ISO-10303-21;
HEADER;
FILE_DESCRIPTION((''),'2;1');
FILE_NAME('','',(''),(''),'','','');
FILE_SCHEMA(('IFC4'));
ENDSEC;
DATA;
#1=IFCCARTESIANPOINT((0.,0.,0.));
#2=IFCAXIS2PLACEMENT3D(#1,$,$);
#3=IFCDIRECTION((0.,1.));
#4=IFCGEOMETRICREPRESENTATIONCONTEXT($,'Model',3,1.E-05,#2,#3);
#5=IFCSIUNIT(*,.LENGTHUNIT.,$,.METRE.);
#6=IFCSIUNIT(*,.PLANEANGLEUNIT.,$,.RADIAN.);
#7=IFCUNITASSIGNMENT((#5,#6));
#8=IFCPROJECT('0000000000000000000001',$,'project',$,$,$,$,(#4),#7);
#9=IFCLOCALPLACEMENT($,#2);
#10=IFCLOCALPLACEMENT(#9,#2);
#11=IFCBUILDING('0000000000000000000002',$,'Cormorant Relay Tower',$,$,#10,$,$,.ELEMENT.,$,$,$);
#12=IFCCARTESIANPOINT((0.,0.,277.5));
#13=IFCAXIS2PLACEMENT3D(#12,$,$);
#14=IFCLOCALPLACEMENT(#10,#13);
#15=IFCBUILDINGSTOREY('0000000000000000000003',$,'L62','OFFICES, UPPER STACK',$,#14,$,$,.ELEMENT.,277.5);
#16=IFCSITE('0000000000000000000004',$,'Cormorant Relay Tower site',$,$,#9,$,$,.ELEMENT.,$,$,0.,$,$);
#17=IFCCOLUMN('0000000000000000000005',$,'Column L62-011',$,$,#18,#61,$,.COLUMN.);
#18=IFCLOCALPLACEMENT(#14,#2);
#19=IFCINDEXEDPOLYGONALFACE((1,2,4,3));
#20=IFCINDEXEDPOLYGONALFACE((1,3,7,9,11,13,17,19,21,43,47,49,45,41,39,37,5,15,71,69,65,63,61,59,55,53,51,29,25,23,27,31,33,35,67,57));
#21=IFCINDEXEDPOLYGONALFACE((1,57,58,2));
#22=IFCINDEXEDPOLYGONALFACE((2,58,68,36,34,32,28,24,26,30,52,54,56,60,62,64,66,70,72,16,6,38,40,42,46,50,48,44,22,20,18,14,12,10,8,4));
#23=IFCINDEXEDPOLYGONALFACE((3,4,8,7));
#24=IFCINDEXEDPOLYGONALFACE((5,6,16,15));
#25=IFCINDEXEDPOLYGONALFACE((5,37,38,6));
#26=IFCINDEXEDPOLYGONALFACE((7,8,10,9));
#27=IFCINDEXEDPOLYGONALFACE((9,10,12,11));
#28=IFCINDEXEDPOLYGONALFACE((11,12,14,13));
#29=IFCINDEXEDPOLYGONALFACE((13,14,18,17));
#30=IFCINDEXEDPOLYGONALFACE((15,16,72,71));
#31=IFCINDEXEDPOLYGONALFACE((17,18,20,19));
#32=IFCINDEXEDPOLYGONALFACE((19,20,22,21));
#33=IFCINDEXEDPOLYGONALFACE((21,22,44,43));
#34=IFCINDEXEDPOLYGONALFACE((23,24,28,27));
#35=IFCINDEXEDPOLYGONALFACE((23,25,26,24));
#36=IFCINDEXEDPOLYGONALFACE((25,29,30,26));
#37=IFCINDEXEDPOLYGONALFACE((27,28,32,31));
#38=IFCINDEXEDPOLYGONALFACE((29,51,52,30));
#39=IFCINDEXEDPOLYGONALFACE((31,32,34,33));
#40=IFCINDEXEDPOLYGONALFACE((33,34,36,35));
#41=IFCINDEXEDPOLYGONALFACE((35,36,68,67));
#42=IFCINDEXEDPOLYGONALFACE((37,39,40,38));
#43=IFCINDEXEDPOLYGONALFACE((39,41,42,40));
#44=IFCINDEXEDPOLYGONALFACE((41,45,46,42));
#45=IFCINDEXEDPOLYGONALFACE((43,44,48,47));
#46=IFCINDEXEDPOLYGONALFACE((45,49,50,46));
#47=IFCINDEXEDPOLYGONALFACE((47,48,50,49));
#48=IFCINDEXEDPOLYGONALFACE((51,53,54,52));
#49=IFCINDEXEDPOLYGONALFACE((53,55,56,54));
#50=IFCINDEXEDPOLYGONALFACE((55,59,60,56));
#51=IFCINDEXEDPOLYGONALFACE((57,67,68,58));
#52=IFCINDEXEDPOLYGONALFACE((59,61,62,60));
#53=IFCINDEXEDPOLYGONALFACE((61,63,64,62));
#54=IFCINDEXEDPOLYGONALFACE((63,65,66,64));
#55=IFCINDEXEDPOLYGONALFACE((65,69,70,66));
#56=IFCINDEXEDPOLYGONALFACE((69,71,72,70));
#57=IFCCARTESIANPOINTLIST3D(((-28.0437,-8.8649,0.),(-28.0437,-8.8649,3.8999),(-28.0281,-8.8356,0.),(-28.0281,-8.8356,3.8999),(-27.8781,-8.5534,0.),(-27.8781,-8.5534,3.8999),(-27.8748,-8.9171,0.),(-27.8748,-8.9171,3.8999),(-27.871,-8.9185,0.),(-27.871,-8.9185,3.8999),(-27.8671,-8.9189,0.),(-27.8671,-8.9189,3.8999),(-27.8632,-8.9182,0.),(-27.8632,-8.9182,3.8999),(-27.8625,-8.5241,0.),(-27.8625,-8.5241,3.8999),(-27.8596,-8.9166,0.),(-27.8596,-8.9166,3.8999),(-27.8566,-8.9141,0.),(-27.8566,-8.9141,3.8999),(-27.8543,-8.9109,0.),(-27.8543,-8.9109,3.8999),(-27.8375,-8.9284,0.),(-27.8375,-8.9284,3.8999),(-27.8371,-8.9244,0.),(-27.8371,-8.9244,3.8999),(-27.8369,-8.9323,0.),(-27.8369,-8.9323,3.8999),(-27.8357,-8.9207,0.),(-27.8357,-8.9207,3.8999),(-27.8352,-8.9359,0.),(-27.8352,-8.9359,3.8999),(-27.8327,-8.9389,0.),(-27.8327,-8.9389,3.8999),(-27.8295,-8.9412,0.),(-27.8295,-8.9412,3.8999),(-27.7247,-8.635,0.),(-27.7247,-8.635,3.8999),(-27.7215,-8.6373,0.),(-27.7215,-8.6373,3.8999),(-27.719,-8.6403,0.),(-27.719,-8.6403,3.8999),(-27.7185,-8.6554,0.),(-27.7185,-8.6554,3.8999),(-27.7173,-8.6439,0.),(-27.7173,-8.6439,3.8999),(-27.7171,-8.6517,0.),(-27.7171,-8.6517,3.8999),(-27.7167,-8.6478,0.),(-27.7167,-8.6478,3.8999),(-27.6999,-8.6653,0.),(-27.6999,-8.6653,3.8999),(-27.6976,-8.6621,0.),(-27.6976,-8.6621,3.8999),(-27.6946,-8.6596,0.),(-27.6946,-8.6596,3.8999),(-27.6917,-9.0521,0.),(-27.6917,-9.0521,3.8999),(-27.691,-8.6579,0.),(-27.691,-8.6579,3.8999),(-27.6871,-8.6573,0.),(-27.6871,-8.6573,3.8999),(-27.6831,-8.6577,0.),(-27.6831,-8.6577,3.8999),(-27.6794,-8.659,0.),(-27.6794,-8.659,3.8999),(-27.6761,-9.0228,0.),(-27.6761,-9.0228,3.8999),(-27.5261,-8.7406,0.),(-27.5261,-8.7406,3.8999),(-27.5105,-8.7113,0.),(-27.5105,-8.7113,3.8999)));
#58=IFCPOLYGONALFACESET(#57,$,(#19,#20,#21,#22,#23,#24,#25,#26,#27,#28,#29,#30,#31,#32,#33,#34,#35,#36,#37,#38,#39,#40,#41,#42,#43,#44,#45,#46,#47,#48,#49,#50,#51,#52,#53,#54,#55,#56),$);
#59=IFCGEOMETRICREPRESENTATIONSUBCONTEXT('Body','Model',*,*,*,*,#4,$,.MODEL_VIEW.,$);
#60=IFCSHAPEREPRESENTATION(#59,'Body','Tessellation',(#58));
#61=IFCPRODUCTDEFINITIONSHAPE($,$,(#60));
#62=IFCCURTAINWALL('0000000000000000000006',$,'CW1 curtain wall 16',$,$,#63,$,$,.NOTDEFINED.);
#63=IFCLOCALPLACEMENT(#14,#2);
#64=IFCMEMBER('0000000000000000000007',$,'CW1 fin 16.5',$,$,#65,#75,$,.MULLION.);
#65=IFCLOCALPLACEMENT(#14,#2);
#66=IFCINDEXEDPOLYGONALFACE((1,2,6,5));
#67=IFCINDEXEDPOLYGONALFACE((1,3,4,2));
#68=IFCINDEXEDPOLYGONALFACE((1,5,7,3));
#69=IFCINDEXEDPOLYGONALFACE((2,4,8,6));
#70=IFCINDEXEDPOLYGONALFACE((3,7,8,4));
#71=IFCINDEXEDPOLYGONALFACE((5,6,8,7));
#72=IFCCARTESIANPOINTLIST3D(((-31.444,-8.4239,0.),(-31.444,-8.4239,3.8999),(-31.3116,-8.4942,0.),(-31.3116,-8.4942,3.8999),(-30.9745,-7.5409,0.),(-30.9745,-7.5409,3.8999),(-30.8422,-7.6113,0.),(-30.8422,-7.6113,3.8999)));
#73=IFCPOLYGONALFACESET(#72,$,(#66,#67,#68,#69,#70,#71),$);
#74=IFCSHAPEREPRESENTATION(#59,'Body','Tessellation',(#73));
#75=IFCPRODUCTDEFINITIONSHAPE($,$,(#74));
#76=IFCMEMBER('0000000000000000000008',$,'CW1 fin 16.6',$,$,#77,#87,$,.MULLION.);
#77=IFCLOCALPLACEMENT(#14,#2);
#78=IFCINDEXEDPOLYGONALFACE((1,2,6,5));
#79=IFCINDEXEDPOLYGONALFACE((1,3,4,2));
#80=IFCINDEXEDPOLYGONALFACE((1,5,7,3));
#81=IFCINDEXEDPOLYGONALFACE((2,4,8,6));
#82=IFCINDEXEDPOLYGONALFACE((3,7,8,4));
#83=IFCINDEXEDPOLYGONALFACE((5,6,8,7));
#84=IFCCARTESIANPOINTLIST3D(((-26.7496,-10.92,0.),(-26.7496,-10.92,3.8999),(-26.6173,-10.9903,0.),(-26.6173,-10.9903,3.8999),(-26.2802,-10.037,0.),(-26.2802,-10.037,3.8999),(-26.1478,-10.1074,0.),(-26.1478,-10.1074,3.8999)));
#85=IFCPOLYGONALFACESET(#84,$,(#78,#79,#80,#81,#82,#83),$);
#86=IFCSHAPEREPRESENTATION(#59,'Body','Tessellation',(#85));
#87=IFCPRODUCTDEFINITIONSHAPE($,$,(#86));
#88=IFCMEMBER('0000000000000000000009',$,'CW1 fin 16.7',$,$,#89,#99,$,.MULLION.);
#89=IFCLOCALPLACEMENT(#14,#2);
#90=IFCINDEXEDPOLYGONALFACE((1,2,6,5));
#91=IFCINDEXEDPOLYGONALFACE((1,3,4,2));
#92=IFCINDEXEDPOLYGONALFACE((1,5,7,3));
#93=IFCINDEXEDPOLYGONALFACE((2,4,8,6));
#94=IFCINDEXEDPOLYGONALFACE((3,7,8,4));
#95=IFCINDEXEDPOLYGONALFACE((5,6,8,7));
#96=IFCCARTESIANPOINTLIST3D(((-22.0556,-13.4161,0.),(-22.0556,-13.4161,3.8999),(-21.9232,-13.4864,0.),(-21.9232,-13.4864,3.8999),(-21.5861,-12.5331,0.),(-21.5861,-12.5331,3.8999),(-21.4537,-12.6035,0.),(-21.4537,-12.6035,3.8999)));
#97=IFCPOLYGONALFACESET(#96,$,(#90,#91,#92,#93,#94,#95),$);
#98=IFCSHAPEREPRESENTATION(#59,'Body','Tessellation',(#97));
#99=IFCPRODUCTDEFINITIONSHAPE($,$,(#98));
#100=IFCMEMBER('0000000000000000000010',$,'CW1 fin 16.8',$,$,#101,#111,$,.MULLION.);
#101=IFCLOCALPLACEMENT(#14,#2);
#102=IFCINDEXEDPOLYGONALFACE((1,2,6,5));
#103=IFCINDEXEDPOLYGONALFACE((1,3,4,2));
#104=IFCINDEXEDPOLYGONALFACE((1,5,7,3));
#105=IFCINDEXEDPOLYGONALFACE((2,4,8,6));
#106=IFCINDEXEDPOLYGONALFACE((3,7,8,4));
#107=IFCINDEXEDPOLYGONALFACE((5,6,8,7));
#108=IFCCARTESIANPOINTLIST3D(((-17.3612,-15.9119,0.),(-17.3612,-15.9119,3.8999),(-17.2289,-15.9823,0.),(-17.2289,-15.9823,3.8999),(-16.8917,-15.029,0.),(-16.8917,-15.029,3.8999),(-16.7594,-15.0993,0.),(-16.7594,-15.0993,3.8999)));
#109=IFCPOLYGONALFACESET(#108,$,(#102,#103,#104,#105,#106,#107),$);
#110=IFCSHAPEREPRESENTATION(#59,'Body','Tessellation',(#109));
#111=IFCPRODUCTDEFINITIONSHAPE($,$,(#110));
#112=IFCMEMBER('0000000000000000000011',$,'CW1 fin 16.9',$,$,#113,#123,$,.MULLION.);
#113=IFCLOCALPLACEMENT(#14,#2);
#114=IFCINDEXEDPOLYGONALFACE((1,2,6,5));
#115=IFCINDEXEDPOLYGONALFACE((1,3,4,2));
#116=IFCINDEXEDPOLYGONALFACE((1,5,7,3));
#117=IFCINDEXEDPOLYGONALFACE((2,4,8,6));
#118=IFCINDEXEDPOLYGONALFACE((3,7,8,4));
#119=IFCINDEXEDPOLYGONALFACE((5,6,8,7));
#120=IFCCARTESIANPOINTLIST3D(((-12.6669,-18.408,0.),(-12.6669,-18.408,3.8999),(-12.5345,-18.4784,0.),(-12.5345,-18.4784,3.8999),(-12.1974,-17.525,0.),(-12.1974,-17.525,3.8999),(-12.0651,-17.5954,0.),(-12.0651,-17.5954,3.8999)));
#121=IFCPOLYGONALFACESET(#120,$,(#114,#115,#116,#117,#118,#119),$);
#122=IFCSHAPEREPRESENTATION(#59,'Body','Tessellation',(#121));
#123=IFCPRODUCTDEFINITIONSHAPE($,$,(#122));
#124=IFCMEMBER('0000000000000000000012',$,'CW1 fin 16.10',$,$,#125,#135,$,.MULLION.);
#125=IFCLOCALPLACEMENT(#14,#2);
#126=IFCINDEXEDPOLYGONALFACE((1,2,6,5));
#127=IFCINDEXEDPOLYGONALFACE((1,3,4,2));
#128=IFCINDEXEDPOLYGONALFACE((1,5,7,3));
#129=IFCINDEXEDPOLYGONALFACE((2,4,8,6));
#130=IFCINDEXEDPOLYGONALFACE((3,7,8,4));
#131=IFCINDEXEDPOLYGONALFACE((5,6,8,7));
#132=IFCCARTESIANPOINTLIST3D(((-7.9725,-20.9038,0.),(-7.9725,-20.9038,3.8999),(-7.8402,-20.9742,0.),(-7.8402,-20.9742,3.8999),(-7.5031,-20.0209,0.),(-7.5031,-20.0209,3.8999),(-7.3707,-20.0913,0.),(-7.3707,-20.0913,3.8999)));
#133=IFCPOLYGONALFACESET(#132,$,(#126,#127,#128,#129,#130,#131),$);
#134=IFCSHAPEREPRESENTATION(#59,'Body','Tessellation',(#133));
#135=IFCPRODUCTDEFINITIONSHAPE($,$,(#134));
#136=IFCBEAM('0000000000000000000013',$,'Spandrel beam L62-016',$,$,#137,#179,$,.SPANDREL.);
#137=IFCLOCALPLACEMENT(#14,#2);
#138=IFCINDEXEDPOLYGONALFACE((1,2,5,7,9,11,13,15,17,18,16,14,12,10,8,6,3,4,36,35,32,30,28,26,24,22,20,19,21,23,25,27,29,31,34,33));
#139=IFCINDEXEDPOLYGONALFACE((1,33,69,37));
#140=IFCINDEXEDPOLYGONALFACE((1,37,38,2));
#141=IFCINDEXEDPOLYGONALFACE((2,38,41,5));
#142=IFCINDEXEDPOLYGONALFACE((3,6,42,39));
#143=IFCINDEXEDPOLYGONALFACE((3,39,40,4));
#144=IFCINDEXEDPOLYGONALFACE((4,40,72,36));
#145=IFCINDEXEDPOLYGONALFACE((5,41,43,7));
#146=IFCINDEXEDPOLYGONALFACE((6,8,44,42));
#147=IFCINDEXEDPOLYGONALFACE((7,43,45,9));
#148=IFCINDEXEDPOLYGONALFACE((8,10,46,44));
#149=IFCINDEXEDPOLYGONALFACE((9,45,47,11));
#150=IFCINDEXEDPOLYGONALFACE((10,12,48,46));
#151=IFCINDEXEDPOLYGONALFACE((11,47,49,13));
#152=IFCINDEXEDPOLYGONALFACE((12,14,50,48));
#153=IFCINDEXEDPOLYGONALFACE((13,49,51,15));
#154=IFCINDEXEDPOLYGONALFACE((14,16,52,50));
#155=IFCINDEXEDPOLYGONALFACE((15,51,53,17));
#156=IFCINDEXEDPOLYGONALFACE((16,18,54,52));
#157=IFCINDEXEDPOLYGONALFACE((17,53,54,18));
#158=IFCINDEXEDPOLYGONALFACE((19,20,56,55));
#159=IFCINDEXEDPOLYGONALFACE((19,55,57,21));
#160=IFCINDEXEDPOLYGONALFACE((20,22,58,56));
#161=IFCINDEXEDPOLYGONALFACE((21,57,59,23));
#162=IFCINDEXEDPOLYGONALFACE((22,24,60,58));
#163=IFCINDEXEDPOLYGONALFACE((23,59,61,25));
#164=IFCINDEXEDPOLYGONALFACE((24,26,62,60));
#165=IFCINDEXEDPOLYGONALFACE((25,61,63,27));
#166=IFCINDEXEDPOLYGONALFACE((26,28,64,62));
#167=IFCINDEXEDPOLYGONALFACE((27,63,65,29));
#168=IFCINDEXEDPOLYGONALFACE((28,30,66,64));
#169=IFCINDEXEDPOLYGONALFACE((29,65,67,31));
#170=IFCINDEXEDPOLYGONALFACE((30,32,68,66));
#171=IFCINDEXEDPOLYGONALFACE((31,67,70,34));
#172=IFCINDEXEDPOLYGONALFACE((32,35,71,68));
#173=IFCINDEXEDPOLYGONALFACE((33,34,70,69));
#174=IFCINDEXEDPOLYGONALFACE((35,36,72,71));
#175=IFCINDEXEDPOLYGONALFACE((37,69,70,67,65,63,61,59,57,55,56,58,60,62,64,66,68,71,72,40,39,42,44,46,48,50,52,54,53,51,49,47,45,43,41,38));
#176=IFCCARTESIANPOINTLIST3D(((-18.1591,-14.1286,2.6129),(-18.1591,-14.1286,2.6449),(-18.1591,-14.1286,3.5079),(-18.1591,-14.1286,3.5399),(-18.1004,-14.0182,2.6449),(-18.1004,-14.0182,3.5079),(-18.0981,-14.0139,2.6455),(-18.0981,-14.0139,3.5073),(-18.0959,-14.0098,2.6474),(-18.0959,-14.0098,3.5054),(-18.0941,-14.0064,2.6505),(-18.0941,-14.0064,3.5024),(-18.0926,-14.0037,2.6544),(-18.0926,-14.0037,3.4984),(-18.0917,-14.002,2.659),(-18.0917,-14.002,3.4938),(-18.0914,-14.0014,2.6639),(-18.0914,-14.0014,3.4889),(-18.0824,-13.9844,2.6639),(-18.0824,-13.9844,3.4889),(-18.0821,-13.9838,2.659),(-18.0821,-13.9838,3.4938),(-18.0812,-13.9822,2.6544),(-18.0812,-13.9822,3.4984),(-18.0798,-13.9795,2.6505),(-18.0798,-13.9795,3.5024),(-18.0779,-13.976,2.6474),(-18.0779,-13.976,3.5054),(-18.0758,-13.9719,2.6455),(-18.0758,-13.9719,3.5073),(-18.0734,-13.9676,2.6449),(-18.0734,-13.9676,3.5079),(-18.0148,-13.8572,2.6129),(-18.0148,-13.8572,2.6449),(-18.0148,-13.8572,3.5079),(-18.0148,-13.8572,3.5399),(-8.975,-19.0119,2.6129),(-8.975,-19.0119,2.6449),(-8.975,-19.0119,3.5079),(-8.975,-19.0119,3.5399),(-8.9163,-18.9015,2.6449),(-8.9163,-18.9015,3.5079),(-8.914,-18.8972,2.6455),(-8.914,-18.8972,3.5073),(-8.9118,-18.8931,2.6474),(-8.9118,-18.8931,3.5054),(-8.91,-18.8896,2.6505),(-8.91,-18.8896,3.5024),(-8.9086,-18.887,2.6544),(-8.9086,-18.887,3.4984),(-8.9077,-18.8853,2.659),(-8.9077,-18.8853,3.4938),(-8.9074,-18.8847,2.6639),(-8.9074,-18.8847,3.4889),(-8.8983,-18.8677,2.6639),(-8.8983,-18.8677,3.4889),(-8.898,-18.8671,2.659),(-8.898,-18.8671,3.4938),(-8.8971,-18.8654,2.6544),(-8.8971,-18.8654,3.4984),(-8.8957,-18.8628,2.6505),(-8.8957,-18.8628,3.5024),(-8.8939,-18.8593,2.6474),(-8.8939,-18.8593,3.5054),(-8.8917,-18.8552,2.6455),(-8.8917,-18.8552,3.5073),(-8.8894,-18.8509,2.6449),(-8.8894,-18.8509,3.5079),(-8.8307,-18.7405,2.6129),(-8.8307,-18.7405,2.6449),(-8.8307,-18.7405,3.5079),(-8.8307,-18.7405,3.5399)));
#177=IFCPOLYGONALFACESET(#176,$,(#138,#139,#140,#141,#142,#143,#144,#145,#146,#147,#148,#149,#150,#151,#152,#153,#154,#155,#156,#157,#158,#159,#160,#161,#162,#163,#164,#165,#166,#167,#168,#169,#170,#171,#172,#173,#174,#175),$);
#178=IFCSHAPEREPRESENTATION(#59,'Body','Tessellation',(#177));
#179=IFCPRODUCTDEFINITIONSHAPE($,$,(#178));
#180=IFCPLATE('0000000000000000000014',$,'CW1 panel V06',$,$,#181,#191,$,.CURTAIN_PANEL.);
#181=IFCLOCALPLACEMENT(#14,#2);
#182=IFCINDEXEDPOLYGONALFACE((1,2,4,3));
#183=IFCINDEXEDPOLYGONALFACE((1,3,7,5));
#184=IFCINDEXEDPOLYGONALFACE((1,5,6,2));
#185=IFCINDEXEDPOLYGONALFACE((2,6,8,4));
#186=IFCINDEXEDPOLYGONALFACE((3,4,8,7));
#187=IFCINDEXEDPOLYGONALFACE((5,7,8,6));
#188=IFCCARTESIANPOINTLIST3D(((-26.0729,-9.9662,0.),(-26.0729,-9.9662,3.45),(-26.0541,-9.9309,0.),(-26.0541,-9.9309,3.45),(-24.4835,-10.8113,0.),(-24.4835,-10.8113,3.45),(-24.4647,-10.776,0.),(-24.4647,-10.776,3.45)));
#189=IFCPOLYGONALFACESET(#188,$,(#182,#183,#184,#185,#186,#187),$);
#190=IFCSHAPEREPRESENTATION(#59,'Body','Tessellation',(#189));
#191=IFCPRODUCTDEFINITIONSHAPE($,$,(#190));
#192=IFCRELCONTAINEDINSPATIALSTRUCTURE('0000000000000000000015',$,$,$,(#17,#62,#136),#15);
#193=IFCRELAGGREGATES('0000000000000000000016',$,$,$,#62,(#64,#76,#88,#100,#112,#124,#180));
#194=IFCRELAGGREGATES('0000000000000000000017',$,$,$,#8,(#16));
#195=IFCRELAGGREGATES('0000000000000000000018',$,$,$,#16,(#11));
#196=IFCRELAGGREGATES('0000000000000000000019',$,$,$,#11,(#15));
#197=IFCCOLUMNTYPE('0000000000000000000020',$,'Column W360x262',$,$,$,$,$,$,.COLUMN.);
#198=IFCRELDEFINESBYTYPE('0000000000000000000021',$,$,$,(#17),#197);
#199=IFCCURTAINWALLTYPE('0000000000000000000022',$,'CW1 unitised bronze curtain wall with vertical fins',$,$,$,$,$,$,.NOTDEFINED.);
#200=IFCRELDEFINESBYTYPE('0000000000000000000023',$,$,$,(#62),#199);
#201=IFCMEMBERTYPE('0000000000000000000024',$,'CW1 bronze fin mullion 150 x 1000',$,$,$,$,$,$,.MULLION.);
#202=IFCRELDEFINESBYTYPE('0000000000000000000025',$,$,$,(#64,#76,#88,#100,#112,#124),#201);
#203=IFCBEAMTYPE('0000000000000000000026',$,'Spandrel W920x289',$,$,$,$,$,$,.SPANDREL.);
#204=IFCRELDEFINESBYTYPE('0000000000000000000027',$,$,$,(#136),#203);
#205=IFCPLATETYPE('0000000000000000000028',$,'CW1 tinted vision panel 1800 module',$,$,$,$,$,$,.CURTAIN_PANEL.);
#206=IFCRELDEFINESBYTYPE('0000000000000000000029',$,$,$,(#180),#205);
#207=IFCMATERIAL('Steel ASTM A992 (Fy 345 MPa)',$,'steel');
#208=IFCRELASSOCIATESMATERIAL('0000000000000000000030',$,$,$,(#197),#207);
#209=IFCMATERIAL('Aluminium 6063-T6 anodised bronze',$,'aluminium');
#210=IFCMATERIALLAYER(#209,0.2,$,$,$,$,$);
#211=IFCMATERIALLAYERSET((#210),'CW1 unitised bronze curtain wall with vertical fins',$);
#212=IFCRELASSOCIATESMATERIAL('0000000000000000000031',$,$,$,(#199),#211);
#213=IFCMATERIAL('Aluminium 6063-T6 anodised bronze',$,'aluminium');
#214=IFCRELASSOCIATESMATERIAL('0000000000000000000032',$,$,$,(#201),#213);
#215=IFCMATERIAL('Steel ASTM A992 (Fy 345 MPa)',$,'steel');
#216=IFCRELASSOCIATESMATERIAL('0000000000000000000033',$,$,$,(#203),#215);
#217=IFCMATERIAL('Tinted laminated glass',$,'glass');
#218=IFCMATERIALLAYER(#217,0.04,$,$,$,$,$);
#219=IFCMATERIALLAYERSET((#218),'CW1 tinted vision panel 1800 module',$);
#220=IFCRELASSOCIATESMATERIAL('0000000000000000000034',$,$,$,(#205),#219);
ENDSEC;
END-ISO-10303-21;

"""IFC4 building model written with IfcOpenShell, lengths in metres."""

from ifc_helpers import new_model, si_unit, direction, frame, origin, origin_2d, place, context, subcontext, project, spatial, rectangle, i_section, extrude, material, layer, layer_set, material_profile, profile_set, type_object, element, aggregate, save


model = new_model("IFC4")

# Units and contexts
model_context = context("Model", 3, precision=1e-05, world=origin(), true_north=direction((0.0, 1.0)))
body_context = subcontext(model_context, "Body", "Model", "MODEL_VIEW")
ifc_project = project(units=[si_unit("LENGTHUNIT", "METRE"), si_unit("PLANEANGLEUNIT", "RADIAN")], contexts=[model_context])

# Site, building, storey
site_placement = place(None, origin())
site = spatial("IfcSite", under=ifc_project, at=site_placement, Name="Cormorant Relay Tower site", CompositionType="ELEMENT", RefElevation=0.0)
building_placement = place(site_placement, origin())
building = spatial("IfcBuilding", under=site, at=building_placement, Name="Cormorant Relay Tower", CompositionType="ELEMENT")
storey_placement = place(building_placement, frame((0.0, 0.0, 277.5)))
storey = spatial("IfcBuildingStorey", under=building, at=storey_placement, Name="L62", Description="OFFICES, UPPER STACK", CompositionType="ELEMENT", Elevation=277.5)

# Column
ifc_material_1 = material(Name="Steel ASTM A992 (Fy 345 MPa)", Category="steel")
ifc_material_profile_1 = material_profile(ifc_material_1, i_section(OverallWidth=0.3987, OverallDepth=0.386, WebThickness=0.021, FlangeThickness=0.0332, FilletRadius=0.0151, at=origin_2d()), Name="W360x262")
ifc_profile_set_1 = profile_set([ifc_material_profile_1], Name="Steel ASTM A992 (Fy 345 MPa)")
column_type_1 = type_object("IfcColumnType", Name="Column W360x262", PredefinedType="COLUMN", material=ifc_profile_set_1)
for number, where, z_axis, x_axis, name in (
    (1, (-27.7771, -8.7881, 0.0), (0.0, 0.0, 1.0), (0.882948, -0.469472, 0.0), "Column L62-011"),
):
    element("IfcColumn", number, at=place(storey_placement, frame(where, z_axis=z_axis, x_axis=x_axis)), inside=storey, type_object=column_type_1, Name=name, PredefinedType="COLUMN", context=body_context, shape_type="SweptSolid", body=[
        extrude(i_section(OverallWidth=0.3987, OverallDepth=0.386, WebThickness=0.021, FlangeThickness=0.0332, FilletRadius=0.0151, at=origin_2d()), origin(), (0.0, 0.0, 1.0), 3.8999),
    ])

# Curtain wall, members
ifc_material_2 = material(Name="Aluminium 6063-T6 anodised bronze", Category="aluminium")
ifc_layer_1 = layer(ifc_material_2, 0.2)
ifc_layer_set_1 = layer_set([ifc_layer_1], Name="CW1 unitised bronze curtain wall with vertical fins")
curtain_wall_type = type_object("IfcCurtainWallType", Name="CW1 unitised bronze curtain wall with vertical fins", PredefinedType="NOTDEFINED", material=ifc_layer_set_1)
curtain_wall_placement = place(storey_placement, origin())
curtain_wall = element("IfcCurtainWall", 2, at=curtain_wall_placement, inside=storey, type_object=curtain_wall_type, Name="CW1 curtain wall 16", PredefinedType="NOTDEFINED")
ifc_material_3 = material(Name="Aluminium 6063-T6 anodised bronze", Category="aluminium")
ifc_material_profile_2 = material_profile(ifc_material_3, rectangle(XDim=0.1499, YDim=1.0, at=origin_2d()), Name="AL 150x1000")
ifc_profile_set_2 = profile_set([ifc_material_profile_2], Name="Aluminium 6063-T6 anodised bronze")
member_type = type_object("IfcMemberType", Name="CW1 bronze fin mullion 150 x 1000", PredefinedType="MULLION", material=ifc_profile_set_2)
member_1_placement = place(storey_placement, frame((-31.1431, -8.0176, 0.0), z_axis=(0.0, 0.0, 1.0), x_axis=(0.882948, -0.469472, 0.0)))
member_1 = element("IfcMember", 3, at=member_1_placement, type_object=member_type, Name="CW1 fin 16.5", PredefinedType="MULLION", context=body_context, shape_type="SweptSolid", body=[
    extrude(rectangle(XDim=0.1499, YDim=1.0, at=origin_2d()), origin(), (0.0, 0.0, 1.0), 3.8999),
])
member_2_placement = place(storey_placement, frame((-26.4487, -10.5137, 0.0), z_axis=(0.0, 0.0, 1.0), x_axis=(0.882948, -0.469472, 0.0)))
member_2 = element("IfcMember", 4, at=member_2_placement, type_object=member_type, Name="CW1 fin 16.6", PredefinedType="MULLION", context=body_context, shape_type="SweptSolid", body=[
    extrude(rectangle(XDim=0.1499, YDim=1.0, at=origin_2d()), origin(), (0.0, 0.0, 1.0), 3.8999),
])
member_3_placement = place(storey_placement, frame((-21.7546, -13.0098, 0.0), z_axis=(0.0, 0.0, 1.0), x_axis=(0.882948, -0.469472, 0.0)))
member_3 = element("IfcMember", 5, at=member_3_placement, type_object=member_type, Name="CW1 fin 16.7", PredefinedType="MULLION", context=body_context, shape_type="SweptSolid", body=[
    extrude(rectangle(XDim=0.1499, YDim=1.0, at=origin_2d()), origin(), (0.0, 0.0, 1.0), 3.8999),
])
member_4_placement = place(storey_placement, frame((-17.0603, -15.5056, 0.0), z_axis=(0.0, 0.0, 1.0), x_axis=(0.882948, -0.469472, 0.0)))
member_4 = element("IfcMember", 6, at=member_4_placement, type_object=member_type, Name="CW1 fin 16.8", PredefinedType="MULLION", context=body_context, shape_type="SweptSolid", body=[
    extrude(rectangle(XDim=0.1499, YDim=1.0, at=origin_2d()), origin(), (0.0, 0.0, 1.0), 3.8999),
])
member_5_placement = place(storey_placement, frame((-12.366, -18.0017, 0.0), z_axis=(0.0, 0.0, 1.0), x_axis=(0.882948, -0.469472, 0.0)))
member_5 = element("IfcMember", 7, at=member_5_placement, type_object=member_type, Name="CW1 fin 16.9", PredefinedType="MULLION", context=body_context, shape_type="SweptSolid", body=[
    extrude(rectangle(XDim=0.1499, YDim=1.0, at=origin_2d()), origin(), (0.0, 0.0, 1.0), 3.8999),
])
member_6_placement = place(storey_placement, frame((-7.6716, -20.4976, 0.0), z_axis=(0.0, 0.0, 1.0), x_axis=(0.882948, -0.469472, 0.0)))
member_6 = element("IfcMember", 8, at=member_6_placement, type_object=member_type, Name="CW1 fin 16.10", PredefinedType="MULLION", context=body_context, shape_type="SweptSolid", body=[
    extrude(rectangle(XDim=0.1499, YDim=1.0, at=origin_2d()), origin(), (0.0, 0.0, 1.0), 3.8999),
])

# Beam
ifc_material_4 = material(Name="Steel ASTM A992 (Fy 345 MPa)", Category="steel")
ifc_material_profile_3 = material_profile(ifc_material_4, i_section(OverallWidth=0.3074, OverallDepth=0.927, WebThickness=0.0193, FlangeThickness=0.032, FilletRadius=0.019, at=origin_2d()), Name="W920x289")
ifc_profile_set_3 = profile_set([ifc_material_profile_3], Name="Steel ASTM A992 (Fy 345 MPa)")
beam_type = type_object("IfcBeamType", Name="Spandrel W920x289", PredefinedType="SPANDREL", material=ifc_profile_set_3)
beam_placement = place(storey_placement, frame((-18.0869, -13.9929, 3.0764), z_axis=(0.882946, -0.469474, 0.0), x_axis=(0.469474, 0.882946, 0.0)))
element("IfcBeam", 9, at=beam_placement, inside=storey, type_object=beam_type, Name="Spandrel beam L62-016", PredefinedType="SPANDREL", context=body_context, shape_type="SweptSolid", body=[
    extrude(i_section(OverallWidth=0.3074, OverallDepth=0.927, WebThickness=0.0193, FlangeThickness=0.032, FilletRadius=0.019, at=origin_2d()), origin(), (0.0, 0.0, 1.0), 10.4016),
])

# Plate
ifc_material_5 = material(Name="Tinted laminated glass", Category="glass")
ifc_layer_2 = layer(ifc_material_5, 0.04)
ifc_layer_set_2 = layer_set([ifc_layer_2], Name="CW1 tinted vision panel 1800 module")
plate_type_1 = type_object("IfcPlateType", Name="CW1 tinted vision panel 1800 module", PredefinedType="CURTAIN_PANEL", material=ifc_layer_set_2)
plate_1_placement = place(storey_placement, frame((-25.2688, -10.3711, 0.0), z_axis=(0.0, 0.0, 1.0), x_axis=(0.882948, -0.469472, 0.0)))
plate_1 = element("IfcPlate", 10, at=plate_1_placement, type_object=plate_type_1, Name="CW1 panel V06", PredefinedType="CURTAIN_PANEL", context=body_context, shape_type="SweptSolid", body=[
    extrude(rectangle(XDim=1.8, YDim=0.04, at=origin_2d()), origin(), (0.0, 0.0, 1.0), 3.45),
])

aggregate(curtain_wall, [member_1, member_2, member_3, member_4, member_5, member_6, plate_1])

save(model, "model.ifc")
